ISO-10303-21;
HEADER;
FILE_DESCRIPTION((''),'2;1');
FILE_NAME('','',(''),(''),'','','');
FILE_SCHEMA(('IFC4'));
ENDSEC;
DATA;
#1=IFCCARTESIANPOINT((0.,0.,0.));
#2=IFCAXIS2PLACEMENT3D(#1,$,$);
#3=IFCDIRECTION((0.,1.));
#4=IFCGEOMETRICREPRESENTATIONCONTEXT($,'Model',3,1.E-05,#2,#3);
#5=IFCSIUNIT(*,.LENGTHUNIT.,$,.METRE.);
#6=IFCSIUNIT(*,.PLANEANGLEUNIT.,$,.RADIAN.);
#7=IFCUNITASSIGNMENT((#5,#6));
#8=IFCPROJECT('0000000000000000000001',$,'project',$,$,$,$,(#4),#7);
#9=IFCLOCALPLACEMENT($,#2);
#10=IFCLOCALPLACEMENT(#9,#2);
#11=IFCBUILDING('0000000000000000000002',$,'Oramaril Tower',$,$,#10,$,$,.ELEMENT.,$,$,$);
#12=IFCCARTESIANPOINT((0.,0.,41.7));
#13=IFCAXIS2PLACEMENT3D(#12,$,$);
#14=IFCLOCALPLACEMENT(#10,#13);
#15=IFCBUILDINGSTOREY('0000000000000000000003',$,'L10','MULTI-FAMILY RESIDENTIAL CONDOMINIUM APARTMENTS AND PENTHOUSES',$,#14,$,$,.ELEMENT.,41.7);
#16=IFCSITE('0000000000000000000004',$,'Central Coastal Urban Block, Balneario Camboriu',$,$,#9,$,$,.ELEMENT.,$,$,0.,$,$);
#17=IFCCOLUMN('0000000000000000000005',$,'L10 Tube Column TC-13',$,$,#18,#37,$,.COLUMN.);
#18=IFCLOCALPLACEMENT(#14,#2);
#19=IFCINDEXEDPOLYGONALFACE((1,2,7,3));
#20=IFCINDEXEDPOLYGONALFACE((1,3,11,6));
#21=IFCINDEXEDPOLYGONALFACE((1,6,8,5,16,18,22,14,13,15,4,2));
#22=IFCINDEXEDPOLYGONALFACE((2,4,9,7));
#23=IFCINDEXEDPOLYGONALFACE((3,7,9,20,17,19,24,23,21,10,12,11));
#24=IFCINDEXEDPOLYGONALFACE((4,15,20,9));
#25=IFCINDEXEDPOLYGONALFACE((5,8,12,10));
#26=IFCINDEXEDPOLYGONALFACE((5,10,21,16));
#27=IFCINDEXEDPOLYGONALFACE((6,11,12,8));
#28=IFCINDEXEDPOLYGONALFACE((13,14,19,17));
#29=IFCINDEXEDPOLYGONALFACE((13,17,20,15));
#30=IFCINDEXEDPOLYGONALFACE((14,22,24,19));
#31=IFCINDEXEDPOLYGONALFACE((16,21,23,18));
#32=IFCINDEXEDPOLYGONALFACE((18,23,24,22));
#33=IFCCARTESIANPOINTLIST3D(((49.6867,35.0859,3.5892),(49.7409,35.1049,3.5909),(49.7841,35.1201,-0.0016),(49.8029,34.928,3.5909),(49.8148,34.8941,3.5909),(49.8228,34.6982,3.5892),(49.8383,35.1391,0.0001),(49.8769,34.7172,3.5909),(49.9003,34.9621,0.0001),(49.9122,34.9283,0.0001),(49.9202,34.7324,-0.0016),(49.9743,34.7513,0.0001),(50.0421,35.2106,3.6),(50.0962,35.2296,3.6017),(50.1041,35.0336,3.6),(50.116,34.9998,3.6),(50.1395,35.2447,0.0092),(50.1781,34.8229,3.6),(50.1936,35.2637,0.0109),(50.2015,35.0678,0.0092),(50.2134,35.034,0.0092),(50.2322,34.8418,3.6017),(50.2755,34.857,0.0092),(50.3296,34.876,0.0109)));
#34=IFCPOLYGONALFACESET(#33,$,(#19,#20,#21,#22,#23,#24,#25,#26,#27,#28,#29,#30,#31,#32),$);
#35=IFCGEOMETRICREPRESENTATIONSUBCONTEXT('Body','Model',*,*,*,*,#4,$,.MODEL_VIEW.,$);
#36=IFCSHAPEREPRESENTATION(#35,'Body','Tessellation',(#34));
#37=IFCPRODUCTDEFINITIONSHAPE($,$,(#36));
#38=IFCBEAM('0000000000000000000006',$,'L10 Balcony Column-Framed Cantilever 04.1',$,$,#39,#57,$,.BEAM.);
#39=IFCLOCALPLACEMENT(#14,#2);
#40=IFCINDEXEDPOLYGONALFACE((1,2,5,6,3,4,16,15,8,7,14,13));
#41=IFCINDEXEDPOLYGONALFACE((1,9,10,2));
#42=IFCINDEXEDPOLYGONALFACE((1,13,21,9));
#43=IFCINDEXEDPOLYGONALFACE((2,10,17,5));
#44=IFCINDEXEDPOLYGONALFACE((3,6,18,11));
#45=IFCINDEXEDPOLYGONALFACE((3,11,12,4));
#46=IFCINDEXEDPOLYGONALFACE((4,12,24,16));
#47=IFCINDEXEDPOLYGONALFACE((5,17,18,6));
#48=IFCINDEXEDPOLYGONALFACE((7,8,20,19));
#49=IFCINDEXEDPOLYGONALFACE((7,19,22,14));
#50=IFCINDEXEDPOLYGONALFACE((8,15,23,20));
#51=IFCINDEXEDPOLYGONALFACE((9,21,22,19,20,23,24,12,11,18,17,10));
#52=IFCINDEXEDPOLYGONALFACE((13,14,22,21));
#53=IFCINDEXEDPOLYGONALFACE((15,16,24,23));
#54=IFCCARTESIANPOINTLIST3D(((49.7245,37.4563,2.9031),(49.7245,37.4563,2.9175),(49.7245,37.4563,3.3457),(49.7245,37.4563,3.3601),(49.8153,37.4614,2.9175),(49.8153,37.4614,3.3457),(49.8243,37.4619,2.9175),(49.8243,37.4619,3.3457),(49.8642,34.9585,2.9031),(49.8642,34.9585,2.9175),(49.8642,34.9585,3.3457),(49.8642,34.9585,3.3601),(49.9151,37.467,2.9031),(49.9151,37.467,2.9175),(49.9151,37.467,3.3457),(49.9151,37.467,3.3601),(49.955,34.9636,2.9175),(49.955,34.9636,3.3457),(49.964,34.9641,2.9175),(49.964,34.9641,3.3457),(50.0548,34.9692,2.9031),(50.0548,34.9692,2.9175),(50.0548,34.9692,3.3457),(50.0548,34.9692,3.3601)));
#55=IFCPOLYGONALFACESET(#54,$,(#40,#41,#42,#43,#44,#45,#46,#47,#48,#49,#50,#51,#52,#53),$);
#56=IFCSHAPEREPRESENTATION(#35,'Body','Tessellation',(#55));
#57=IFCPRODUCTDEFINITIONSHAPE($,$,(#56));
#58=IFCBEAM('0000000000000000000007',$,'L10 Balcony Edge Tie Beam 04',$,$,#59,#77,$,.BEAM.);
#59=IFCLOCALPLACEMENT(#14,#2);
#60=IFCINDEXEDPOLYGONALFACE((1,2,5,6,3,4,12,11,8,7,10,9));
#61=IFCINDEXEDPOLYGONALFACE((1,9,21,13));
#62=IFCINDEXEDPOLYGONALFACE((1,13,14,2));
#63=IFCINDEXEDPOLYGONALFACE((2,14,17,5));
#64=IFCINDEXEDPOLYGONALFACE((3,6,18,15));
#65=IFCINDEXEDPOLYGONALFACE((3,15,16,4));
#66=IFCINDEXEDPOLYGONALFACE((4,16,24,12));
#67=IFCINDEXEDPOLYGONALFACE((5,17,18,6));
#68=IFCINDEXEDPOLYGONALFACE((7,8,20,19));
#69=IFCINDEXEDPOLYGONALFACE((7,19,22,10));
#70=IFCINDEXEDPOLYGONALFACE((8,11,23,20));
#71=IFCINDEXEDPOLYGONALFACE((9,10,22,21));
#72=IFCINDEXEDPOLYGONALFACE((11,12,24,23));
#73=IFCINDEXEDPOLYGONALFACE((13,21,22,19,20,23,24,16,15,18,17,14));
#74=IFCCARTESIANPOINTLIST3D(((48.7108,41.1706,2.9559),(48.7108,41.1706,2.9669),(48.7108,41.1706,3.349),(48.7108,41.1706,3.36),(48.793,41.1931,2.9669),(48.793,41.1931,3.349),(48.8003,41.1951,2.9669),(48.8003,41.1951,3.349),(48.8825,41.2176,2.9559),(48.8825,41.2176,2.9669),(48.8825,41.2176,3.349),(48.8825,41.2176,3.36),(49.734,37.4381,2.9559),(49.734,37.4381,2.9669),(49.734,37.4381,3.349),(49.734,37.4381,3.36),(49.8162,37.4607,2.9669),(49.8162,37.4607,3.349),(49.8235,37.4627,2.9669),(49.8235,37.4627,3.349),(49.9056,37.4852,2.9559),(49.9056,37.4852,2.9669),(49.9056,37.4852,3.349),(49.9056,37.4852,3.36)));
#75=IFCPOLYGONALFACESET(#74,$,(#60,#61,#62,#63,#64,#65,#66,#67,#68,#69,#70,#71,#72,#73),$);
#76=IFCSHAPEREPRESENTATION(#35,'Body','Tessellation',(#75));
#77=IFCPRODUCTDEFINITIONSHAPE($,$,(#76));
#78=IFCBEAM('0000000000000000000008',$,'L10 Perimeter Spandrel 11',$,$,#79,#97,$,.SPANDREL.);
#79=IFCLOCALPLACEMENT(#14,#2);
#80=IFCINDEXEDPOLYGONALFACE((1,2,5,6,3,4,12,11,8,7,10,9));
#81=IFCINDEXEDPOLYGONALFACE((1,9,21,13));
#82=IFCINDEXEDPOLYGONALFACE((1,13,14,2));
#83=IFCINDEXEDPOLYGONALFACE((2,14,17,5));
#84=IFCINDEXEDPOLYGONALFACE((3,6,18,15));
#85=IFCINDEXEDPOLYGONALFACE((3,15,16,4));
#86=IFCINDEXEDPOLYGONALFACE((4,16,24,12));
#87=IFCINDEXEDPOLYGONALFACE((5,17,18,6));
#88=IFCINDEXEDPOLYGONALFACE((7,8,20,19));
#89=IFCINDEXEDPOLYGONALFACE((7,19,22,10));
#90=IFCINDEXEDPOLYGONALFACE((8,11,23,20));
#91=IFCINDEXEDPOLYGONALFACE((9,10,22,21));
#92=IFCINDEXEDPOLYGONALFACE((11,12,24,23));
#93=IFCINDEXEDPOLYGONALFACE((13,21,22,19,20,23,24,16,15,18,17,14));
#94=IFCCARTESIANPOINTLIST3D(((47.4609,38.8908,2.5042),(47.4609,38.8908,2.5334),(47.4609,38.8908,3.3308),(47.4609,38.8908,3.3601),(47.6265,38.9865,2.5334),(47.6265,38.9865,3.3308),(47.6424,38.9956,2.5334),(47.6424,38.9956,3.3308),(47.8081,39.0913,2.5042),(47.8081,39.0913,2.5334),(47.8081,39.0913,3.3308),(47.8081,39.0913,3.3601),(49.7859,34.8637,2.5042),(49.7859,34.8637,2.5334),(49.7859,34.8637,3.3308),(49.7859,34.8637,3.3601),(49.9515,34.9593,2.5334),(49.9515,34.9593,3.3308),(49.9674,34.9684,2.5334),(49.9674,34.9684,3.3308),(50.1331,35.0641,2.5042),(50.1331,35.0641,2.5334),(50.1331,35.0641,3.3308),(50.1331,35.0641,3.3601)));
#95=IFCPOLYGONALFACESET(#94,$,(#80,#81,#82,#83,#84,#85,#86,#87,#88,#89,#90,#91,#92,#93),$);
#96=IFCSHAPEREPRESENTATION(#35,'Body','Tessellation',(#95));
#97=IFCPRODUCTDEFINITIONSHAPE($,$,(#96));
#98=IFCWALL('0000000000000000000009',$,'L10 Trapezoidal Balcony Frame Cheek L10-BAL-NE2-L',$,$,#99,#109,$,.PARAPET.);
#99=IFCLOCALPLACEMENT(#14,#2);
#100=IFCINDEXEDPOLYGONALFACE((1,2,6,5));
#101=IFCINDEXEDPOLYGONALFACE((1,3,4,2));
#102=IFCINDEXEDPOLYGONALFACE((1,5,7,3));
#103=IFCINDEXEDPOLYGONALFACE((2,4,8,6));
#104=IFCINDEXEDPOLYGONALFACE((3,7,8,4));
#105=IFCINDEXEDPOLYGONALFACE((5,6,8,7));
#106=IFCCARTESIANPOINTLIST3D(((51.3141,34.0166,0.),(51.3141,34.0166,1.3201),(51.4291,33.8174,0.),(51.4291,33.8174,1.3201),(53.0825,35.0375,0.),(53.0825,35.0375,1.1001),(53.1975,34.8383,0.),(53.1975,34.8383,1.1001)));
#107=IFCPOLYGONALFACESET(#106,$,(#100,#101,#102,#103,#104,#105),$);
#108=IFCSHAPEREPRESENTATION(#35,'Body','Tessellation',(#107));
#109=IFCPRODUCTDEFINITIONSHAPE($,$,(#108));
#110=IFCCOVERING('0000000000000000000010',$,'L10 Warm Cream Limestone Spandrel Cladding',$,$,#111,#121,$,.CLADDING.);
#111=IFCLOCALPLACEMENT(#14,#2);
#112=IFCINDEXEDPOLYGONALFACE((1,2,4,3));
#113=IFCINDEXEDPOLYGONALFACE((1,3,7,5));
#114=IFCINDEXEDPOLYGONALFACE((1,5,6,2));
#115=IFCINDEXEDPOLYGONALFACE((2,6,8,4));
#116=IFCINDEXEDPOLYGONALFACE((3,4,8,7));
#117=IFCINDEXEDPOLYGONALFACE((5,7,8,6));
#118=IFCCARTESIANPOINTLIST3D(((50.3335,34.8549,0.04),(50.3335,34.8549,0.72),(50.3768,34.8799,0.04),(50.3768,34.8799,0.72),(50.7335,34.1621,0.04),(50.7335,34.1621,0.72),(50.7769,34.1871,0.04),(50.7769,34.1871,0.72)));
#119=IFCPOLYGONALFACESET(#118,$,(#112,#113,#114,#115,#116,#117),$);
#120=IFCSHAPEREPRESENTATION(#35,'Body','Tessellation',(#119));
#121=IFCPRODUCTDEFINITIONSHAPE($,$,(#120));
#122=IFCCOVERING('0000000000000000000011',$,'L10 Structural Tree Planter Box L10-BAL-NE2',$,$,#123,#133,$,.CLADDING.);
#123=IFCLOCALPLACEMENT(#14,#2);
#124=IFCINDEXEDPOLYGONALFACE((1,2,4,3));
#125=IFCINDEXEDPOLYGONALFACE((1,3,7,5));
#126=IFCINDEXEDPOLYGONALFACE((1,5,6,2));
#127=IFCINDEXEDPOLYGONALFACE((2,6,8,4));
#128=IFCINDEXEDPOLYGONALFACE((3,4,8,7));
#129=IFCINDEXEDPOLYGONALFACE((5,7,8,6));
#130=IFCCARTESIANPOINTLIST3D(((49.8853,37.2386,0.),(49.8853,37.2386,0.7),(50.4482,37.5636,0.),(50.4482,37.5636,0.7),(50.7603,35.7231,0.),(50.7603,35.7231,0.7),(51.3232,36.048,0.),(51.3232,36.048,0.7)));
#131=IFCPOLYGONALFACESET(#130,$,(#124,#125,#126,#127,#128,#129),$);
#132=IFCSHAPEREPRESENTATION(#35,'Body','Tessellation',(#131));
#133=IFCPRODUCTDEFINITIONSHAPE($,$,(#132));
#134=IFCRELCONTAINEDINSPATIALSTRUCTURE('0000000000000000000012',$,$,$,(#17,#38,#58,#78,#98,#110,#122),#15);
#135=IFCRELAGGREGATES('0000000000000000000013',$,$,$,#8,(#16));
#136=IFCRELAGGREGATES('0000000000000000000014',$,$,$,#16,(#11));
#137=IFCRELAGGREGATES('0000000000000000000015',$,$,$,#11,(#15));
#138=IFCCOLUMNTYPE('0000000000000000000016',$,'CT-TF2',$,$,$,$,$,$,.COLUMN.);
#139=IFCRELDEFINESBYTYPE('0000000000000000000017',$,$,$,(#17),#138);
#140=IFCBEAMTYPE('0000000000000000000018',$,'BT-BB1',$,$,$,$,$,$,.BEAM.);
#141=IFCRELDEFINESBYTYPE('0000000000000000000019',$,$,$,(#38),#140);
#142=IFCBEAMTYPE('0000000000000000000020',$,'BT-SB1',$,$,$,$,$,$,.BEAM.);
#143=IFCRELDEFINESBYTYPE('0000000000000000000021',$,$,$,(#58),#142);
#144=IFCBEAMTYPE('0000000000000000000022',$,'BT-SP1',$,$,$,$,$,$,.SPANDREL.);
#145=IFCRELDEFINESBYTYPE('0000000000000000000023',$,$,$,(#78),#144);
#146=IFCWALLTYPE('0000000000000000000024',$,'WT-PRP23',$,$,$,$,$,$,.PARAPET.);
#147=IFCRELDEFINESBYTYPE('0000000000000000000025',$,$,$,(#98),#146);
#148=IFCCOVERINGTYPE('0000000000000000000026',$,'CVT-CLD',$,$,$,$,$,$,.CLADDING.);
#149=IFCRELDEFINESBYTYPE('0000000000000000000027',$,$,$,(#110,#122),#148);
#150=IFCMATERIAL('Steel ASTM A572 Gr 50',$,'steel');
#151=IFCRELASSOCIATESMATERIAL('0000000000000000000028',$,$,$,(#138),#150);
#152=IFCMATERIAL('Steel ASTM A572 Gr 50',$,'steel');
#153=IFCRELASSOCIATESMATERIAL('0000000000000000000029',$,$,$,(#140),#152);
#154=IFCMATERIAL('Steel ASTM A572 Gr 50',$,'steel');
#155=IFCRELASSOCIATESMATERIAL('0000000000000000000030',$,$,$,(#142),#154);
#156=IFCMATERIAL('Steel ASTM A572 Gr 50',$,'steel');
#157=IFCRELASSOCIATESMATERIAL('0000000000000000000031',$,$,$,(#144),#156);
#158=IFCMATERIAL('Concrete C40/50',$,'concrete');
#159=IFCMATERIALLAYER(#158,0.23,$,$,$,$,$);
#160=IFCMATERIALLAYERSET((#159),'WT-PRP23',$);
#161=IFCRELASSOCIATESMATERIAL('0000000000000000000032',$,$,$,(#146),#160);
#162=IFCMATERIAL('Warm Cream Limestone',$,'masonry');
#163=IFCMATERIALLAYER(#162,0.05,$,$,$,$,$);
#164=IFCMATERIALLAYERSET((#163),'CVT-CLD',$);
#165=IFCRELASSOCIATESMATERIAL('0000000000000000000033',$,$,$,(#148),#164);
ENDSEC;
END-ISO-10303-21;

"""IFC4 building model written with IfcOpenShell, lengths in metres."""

from ifc_helpers import new_model, si_unit, direction, frame, origin, origin_2d, place, context, subcontext, project, spatial, polyline, rectangle, i_section, outline, extrude, material, layer, layer_set, material_profile, profile_set, type_object, element, save


model = new_model("IFC4")

# Units and contexts
model_context = context("Model", 3, precision=1e-05, world=origin(), true_north=direction((0.0, 1.0)))
body_context = subcontext(model_context, "Body", "Model", "MODEL_VIEW")
ifc_project = project(units=[si_unit("LENGTHUNIT", "METRE"), si_unit("PLANEANGLEUNIT", "RADIAN")], contexts=[model_context])

# Site, building, storey
site_placement = place(None, origin())
site = spatial("IfcSite", under=ifc_project, at=site_placement, Name="Central Coastal Urban Block, Balneario Camboriu", CompositionType="ELEMENT", RefElevation=0.0)
building_placement = place(site_placement, origin())
building = spatial("IfcBuilding", under=site, at=building_placement, Name="Oramaril Tower", CompositionType="ELEMENT")
storey_placement = place(building_placement, frame((0.0, 0.0, 41.7)))
storey = spatial("IfcBuildingStorey", under=building, at=storey_placement, Name="L10", Description="MULTI-FAMILY RESIDENTIAL CONDOMINIUM APARTMENTS AND PENTHOUSES", CompositionType="ELEMENT", Elevation=41.7)

# Column
ifc_material_1 = material(Name="Steel ASTM A572 Gr 50", Category="steel")
ifc_material_profile_1 = material_profile(ifc_material_1, i_section(OverallWidth=0.4109, OverallDepth=0.4341, WebThickness=0.0359, FlangeThickness=0.0574, at=origin_2d()), Name="W14X311")
ifc_profile_set_1 = profile_set([ifc_material_profile_1], Name="Steel ASTM A572 Gr 50")
column_type = type_object("IfcColumnType", Name="CT-TF2", PredefinedType="COLUMN", material=ifc_profile_set_1)
column_placement = place(storey_placement, frame((50.0569, 34.998, 0.0046), z_axis=(-0.027117, -0.009515, 0.999587), x_axis=(0.331088, -0.9436, 0.0)))
element("IfcColumn", 1, at=column_placement, inside=storey, type_object=column_type, Name="L10 Tube Column TC-13", PredefinedType="COLUMN", context=body_context, shape_type="SweptSolid", body=[
    extrude(i_section(OverallWidth=0.4109, OverallDepth=0.4341, WebThickness=0.0359, FlangeThickness=0.0574, at=origin_2d()), origin(), (0.0, 0.0, 1.0), 3.5923),
])

# Beams
ifc_material_2 = material(Name="Steel ASTM A572 Gr 50", Category="steel")
ifc_material_profile_2 = material_profile(ifc_material_2, i_section(OverallWidth=0.1909, OverallDepth=0.457, WebThickness=0.009, FlangeThickness=0.0144, at=origin_2d()), Name="W18X50")
ifc_profile_set_2 = profile_set([ifc_material_profile_2], Name="Steel ASTM A572 Gr 50")
beam_type_1 = type_object("IfcBeamType", Name="BT-BB1", PredefinedType="BEAM", material=ifc_profile_set_2)
beam_1_placement = place(storey_placement, frame((49.9595, 34.9639, 3.1316), z_axis=(-0.055821, 0.998441, 0.0), x_axis=(-0.998441, -0.055821, 0.0)))
element("IfcBeam", 2, at=beam_1_placement, inside=storey, type_object=beam_type_1, Name="L10 Balcony Column-Framed Cantilever 04.1", PredefinedType="BEAM", context=body_context, shape_type="SweptSolid", body=[
    extrude(i_section(OverallWidth=0.1909, OverallDepth=0.457, WebThickness=0.009, FlangeThickness=0.0144, at=origin_2d()), origin(), (0.0, 0.0, 1.0), 2.5017),
])
ifc_material_3 = material(Name="Steel ASTM A572 Gr 50", Category="steel")
ifc_material_profile_3 = material_profile(ifc_material_3, i_section(OverallWidth=0.178, OverallDepth=0.4041, WebThickness=0.0076, FlangeThickness=0.011, at=origin_2d()), Name="W16X36")
ifc_profile_set_3 = profile_set([ifc_material_profile_3], Name="Steel ASTM A572 Gr 50")
beam_type_2 = type_object("IfcBeamType", Name="BT-SB1", PredefinedType="BEAM", material=ifc_profile_set_3)
beam_2_placement = place(storey_placement, frame((49.8198, 37.4617, 3.158), z_axis=(-0.264382, 0.964418, 0.0), x_axis=(-0.964418, -0.264382, 0.0)))
element("IfcBeam", 3, at=beam_2_placement, inside=storey, type_object=beam_type_2, Name="L10 Balcony Edge Tie Beam 04", PredefinedType="BEAM", context=body_context, shape_type="SweptSolid", body=[
    extrude(i_section(OverallWidth=0.178, OverallDepth=0.4041, WebThickness=0.0076, FlangeThickness=0.011, at=origin_2d()), origin(), (0.0, 0.0, 1.0), 3.8701),
])
ifc_material_4 = material(Name="Steel ASTM A572 Gr 50", Category="steel")
ifc_material_profile_4 = material_profile(ifc_material_4, i_section(OverallWidth=0.4009, OverallDepth=0.856, WebThickness=0.0183, FlangeThickness=0.0293, at=origin_2d()), Name="W33X201")
ifc_profile_set_4 = profile_set([ifc_material_profile_4], Name="Steel ASTM A572 Gr 50")
beam_type_3 = type_object("IfcBeamType", Name="BT-SP1", PredefinedType="SPANDREL", material=ifc_profile_set_4)
beam_3_placement = place(storey_placement, frame((49.9595, 34.9639, 2.9321), z_axis=(-0.499985, 0.866034, 0.0), x_axis=(-0.866034, -0.499985, 0.0)))
element("IfcBeam", 4, at=beam_3_placement, inside=storey, type_object=beam_type_3, Name="L10 Perimeter Spandrel 11", PredefinedType="SPANDREL", context=body_context, shape_type="SweptSolid", body=[
    extrude(i_section(OverallWidth=0.4009, OverallDepth=0.856, WebThickness=0.0183, FlangeThickness=0.0293, at=origin_2d()), origin(), (0.0, 0.0, 1.0), 4.6501),
])

# Wall
ifc_material_5 = material(Name="Concrete C40/50", Category="concrete")
ifc_layer_1 = layer(ifc_material_5, 0.23)
ifc_layer_set_1 = layer_set([ifc_layer_1], Name="WT-PRP23")
wall_type = type_object("IfcWallType", Name="WT-PRP23", PredefinedType="PARAPET", material=ifc_layer_set_1)
wall_placement = place(storey_placement, frame((51.3716, 33.917, 0.0), z_axis=(0.0, 0.0, 1.0), x_axis=(0.866042, 0.499971, 0.0)))
element("IfcWall", 5, at=wall_placement, inside=storey, type_object=wall_type, Name="L10 Trapezoidal Balcony Frame Cheek L10-BAL-NE2-L", PredefinedType="PARAPET", context=body_context, shape_type="SweptSolid", body=[
    extrude(outline(polyline([(0.0, 0.0), (2.042, 0.0), (2.042, 1.1001), (0.0, 1.3201), (0.0, 0.0)])), frame((0.0, 0.115, 0.0), z_axis=(0.0, -1.0, 0.0), x_axis=(1.0, 0.0, 0.0)), (0.0, 0.0, 1.0), 0.23),
])

# Coverings
ifc_material_6 = material(Name="Warm Cream Limestone", Category="masonry")
ifc_layer_2 = layer(ifc_material_6, 0.05)
ifc_layer_set_2 = layer_set([ifc_layer_2], Name="CVT-CLD")
covering_type = type_object("IfcCoveringType", Name="CVT-CLD", PredefinedType="CLADDING", material=ifc_layer_set_2)
covering_1_placement = place(storey_placement, frame((50.5552, 34.521, 0.04), z_axis=(0.0, 0.0, 1.0), x_axis=(-0.5, 0.866025, 0.0)))
element("IfcCovering", 6, at=covering_1_placement, inside=storey, type_object=covering_type, Name="L10 Warm Cream Limestone Spandrel Cladding", PredefinedType="CLADDING", context=body_context, shape_type="SweptSolid", body=[
    extrude(rectangle(XDim=0.8, YDim=0.05, at=origin_2d()), origin(), (0.0, 0.0, 1.0), 0.6799),
])
covering_2_placement = place(storey_placement, frame((50.6042, 36.6433, 0.0), z_axis=(0.0, 0.0, 1.0), x_axis=(-0.500002, 0.866025, 0.0)))
element("IfcCovering", 7, at=covering_2_placement, inside=storey, type_object=covering_type, Name="L10 Structural Tree Planter Box L10-BAL-NE2", PredefinedType="CLADDING", context=body_context, shape_type="SweptSolid", body=[
    extrude(rectangle(XDim=1.75, YDim=0.6499, at=origin_2d()), origin(), (0.0, 0.0, 1.0), 0.7),
])

save(model, "model.ifc")
